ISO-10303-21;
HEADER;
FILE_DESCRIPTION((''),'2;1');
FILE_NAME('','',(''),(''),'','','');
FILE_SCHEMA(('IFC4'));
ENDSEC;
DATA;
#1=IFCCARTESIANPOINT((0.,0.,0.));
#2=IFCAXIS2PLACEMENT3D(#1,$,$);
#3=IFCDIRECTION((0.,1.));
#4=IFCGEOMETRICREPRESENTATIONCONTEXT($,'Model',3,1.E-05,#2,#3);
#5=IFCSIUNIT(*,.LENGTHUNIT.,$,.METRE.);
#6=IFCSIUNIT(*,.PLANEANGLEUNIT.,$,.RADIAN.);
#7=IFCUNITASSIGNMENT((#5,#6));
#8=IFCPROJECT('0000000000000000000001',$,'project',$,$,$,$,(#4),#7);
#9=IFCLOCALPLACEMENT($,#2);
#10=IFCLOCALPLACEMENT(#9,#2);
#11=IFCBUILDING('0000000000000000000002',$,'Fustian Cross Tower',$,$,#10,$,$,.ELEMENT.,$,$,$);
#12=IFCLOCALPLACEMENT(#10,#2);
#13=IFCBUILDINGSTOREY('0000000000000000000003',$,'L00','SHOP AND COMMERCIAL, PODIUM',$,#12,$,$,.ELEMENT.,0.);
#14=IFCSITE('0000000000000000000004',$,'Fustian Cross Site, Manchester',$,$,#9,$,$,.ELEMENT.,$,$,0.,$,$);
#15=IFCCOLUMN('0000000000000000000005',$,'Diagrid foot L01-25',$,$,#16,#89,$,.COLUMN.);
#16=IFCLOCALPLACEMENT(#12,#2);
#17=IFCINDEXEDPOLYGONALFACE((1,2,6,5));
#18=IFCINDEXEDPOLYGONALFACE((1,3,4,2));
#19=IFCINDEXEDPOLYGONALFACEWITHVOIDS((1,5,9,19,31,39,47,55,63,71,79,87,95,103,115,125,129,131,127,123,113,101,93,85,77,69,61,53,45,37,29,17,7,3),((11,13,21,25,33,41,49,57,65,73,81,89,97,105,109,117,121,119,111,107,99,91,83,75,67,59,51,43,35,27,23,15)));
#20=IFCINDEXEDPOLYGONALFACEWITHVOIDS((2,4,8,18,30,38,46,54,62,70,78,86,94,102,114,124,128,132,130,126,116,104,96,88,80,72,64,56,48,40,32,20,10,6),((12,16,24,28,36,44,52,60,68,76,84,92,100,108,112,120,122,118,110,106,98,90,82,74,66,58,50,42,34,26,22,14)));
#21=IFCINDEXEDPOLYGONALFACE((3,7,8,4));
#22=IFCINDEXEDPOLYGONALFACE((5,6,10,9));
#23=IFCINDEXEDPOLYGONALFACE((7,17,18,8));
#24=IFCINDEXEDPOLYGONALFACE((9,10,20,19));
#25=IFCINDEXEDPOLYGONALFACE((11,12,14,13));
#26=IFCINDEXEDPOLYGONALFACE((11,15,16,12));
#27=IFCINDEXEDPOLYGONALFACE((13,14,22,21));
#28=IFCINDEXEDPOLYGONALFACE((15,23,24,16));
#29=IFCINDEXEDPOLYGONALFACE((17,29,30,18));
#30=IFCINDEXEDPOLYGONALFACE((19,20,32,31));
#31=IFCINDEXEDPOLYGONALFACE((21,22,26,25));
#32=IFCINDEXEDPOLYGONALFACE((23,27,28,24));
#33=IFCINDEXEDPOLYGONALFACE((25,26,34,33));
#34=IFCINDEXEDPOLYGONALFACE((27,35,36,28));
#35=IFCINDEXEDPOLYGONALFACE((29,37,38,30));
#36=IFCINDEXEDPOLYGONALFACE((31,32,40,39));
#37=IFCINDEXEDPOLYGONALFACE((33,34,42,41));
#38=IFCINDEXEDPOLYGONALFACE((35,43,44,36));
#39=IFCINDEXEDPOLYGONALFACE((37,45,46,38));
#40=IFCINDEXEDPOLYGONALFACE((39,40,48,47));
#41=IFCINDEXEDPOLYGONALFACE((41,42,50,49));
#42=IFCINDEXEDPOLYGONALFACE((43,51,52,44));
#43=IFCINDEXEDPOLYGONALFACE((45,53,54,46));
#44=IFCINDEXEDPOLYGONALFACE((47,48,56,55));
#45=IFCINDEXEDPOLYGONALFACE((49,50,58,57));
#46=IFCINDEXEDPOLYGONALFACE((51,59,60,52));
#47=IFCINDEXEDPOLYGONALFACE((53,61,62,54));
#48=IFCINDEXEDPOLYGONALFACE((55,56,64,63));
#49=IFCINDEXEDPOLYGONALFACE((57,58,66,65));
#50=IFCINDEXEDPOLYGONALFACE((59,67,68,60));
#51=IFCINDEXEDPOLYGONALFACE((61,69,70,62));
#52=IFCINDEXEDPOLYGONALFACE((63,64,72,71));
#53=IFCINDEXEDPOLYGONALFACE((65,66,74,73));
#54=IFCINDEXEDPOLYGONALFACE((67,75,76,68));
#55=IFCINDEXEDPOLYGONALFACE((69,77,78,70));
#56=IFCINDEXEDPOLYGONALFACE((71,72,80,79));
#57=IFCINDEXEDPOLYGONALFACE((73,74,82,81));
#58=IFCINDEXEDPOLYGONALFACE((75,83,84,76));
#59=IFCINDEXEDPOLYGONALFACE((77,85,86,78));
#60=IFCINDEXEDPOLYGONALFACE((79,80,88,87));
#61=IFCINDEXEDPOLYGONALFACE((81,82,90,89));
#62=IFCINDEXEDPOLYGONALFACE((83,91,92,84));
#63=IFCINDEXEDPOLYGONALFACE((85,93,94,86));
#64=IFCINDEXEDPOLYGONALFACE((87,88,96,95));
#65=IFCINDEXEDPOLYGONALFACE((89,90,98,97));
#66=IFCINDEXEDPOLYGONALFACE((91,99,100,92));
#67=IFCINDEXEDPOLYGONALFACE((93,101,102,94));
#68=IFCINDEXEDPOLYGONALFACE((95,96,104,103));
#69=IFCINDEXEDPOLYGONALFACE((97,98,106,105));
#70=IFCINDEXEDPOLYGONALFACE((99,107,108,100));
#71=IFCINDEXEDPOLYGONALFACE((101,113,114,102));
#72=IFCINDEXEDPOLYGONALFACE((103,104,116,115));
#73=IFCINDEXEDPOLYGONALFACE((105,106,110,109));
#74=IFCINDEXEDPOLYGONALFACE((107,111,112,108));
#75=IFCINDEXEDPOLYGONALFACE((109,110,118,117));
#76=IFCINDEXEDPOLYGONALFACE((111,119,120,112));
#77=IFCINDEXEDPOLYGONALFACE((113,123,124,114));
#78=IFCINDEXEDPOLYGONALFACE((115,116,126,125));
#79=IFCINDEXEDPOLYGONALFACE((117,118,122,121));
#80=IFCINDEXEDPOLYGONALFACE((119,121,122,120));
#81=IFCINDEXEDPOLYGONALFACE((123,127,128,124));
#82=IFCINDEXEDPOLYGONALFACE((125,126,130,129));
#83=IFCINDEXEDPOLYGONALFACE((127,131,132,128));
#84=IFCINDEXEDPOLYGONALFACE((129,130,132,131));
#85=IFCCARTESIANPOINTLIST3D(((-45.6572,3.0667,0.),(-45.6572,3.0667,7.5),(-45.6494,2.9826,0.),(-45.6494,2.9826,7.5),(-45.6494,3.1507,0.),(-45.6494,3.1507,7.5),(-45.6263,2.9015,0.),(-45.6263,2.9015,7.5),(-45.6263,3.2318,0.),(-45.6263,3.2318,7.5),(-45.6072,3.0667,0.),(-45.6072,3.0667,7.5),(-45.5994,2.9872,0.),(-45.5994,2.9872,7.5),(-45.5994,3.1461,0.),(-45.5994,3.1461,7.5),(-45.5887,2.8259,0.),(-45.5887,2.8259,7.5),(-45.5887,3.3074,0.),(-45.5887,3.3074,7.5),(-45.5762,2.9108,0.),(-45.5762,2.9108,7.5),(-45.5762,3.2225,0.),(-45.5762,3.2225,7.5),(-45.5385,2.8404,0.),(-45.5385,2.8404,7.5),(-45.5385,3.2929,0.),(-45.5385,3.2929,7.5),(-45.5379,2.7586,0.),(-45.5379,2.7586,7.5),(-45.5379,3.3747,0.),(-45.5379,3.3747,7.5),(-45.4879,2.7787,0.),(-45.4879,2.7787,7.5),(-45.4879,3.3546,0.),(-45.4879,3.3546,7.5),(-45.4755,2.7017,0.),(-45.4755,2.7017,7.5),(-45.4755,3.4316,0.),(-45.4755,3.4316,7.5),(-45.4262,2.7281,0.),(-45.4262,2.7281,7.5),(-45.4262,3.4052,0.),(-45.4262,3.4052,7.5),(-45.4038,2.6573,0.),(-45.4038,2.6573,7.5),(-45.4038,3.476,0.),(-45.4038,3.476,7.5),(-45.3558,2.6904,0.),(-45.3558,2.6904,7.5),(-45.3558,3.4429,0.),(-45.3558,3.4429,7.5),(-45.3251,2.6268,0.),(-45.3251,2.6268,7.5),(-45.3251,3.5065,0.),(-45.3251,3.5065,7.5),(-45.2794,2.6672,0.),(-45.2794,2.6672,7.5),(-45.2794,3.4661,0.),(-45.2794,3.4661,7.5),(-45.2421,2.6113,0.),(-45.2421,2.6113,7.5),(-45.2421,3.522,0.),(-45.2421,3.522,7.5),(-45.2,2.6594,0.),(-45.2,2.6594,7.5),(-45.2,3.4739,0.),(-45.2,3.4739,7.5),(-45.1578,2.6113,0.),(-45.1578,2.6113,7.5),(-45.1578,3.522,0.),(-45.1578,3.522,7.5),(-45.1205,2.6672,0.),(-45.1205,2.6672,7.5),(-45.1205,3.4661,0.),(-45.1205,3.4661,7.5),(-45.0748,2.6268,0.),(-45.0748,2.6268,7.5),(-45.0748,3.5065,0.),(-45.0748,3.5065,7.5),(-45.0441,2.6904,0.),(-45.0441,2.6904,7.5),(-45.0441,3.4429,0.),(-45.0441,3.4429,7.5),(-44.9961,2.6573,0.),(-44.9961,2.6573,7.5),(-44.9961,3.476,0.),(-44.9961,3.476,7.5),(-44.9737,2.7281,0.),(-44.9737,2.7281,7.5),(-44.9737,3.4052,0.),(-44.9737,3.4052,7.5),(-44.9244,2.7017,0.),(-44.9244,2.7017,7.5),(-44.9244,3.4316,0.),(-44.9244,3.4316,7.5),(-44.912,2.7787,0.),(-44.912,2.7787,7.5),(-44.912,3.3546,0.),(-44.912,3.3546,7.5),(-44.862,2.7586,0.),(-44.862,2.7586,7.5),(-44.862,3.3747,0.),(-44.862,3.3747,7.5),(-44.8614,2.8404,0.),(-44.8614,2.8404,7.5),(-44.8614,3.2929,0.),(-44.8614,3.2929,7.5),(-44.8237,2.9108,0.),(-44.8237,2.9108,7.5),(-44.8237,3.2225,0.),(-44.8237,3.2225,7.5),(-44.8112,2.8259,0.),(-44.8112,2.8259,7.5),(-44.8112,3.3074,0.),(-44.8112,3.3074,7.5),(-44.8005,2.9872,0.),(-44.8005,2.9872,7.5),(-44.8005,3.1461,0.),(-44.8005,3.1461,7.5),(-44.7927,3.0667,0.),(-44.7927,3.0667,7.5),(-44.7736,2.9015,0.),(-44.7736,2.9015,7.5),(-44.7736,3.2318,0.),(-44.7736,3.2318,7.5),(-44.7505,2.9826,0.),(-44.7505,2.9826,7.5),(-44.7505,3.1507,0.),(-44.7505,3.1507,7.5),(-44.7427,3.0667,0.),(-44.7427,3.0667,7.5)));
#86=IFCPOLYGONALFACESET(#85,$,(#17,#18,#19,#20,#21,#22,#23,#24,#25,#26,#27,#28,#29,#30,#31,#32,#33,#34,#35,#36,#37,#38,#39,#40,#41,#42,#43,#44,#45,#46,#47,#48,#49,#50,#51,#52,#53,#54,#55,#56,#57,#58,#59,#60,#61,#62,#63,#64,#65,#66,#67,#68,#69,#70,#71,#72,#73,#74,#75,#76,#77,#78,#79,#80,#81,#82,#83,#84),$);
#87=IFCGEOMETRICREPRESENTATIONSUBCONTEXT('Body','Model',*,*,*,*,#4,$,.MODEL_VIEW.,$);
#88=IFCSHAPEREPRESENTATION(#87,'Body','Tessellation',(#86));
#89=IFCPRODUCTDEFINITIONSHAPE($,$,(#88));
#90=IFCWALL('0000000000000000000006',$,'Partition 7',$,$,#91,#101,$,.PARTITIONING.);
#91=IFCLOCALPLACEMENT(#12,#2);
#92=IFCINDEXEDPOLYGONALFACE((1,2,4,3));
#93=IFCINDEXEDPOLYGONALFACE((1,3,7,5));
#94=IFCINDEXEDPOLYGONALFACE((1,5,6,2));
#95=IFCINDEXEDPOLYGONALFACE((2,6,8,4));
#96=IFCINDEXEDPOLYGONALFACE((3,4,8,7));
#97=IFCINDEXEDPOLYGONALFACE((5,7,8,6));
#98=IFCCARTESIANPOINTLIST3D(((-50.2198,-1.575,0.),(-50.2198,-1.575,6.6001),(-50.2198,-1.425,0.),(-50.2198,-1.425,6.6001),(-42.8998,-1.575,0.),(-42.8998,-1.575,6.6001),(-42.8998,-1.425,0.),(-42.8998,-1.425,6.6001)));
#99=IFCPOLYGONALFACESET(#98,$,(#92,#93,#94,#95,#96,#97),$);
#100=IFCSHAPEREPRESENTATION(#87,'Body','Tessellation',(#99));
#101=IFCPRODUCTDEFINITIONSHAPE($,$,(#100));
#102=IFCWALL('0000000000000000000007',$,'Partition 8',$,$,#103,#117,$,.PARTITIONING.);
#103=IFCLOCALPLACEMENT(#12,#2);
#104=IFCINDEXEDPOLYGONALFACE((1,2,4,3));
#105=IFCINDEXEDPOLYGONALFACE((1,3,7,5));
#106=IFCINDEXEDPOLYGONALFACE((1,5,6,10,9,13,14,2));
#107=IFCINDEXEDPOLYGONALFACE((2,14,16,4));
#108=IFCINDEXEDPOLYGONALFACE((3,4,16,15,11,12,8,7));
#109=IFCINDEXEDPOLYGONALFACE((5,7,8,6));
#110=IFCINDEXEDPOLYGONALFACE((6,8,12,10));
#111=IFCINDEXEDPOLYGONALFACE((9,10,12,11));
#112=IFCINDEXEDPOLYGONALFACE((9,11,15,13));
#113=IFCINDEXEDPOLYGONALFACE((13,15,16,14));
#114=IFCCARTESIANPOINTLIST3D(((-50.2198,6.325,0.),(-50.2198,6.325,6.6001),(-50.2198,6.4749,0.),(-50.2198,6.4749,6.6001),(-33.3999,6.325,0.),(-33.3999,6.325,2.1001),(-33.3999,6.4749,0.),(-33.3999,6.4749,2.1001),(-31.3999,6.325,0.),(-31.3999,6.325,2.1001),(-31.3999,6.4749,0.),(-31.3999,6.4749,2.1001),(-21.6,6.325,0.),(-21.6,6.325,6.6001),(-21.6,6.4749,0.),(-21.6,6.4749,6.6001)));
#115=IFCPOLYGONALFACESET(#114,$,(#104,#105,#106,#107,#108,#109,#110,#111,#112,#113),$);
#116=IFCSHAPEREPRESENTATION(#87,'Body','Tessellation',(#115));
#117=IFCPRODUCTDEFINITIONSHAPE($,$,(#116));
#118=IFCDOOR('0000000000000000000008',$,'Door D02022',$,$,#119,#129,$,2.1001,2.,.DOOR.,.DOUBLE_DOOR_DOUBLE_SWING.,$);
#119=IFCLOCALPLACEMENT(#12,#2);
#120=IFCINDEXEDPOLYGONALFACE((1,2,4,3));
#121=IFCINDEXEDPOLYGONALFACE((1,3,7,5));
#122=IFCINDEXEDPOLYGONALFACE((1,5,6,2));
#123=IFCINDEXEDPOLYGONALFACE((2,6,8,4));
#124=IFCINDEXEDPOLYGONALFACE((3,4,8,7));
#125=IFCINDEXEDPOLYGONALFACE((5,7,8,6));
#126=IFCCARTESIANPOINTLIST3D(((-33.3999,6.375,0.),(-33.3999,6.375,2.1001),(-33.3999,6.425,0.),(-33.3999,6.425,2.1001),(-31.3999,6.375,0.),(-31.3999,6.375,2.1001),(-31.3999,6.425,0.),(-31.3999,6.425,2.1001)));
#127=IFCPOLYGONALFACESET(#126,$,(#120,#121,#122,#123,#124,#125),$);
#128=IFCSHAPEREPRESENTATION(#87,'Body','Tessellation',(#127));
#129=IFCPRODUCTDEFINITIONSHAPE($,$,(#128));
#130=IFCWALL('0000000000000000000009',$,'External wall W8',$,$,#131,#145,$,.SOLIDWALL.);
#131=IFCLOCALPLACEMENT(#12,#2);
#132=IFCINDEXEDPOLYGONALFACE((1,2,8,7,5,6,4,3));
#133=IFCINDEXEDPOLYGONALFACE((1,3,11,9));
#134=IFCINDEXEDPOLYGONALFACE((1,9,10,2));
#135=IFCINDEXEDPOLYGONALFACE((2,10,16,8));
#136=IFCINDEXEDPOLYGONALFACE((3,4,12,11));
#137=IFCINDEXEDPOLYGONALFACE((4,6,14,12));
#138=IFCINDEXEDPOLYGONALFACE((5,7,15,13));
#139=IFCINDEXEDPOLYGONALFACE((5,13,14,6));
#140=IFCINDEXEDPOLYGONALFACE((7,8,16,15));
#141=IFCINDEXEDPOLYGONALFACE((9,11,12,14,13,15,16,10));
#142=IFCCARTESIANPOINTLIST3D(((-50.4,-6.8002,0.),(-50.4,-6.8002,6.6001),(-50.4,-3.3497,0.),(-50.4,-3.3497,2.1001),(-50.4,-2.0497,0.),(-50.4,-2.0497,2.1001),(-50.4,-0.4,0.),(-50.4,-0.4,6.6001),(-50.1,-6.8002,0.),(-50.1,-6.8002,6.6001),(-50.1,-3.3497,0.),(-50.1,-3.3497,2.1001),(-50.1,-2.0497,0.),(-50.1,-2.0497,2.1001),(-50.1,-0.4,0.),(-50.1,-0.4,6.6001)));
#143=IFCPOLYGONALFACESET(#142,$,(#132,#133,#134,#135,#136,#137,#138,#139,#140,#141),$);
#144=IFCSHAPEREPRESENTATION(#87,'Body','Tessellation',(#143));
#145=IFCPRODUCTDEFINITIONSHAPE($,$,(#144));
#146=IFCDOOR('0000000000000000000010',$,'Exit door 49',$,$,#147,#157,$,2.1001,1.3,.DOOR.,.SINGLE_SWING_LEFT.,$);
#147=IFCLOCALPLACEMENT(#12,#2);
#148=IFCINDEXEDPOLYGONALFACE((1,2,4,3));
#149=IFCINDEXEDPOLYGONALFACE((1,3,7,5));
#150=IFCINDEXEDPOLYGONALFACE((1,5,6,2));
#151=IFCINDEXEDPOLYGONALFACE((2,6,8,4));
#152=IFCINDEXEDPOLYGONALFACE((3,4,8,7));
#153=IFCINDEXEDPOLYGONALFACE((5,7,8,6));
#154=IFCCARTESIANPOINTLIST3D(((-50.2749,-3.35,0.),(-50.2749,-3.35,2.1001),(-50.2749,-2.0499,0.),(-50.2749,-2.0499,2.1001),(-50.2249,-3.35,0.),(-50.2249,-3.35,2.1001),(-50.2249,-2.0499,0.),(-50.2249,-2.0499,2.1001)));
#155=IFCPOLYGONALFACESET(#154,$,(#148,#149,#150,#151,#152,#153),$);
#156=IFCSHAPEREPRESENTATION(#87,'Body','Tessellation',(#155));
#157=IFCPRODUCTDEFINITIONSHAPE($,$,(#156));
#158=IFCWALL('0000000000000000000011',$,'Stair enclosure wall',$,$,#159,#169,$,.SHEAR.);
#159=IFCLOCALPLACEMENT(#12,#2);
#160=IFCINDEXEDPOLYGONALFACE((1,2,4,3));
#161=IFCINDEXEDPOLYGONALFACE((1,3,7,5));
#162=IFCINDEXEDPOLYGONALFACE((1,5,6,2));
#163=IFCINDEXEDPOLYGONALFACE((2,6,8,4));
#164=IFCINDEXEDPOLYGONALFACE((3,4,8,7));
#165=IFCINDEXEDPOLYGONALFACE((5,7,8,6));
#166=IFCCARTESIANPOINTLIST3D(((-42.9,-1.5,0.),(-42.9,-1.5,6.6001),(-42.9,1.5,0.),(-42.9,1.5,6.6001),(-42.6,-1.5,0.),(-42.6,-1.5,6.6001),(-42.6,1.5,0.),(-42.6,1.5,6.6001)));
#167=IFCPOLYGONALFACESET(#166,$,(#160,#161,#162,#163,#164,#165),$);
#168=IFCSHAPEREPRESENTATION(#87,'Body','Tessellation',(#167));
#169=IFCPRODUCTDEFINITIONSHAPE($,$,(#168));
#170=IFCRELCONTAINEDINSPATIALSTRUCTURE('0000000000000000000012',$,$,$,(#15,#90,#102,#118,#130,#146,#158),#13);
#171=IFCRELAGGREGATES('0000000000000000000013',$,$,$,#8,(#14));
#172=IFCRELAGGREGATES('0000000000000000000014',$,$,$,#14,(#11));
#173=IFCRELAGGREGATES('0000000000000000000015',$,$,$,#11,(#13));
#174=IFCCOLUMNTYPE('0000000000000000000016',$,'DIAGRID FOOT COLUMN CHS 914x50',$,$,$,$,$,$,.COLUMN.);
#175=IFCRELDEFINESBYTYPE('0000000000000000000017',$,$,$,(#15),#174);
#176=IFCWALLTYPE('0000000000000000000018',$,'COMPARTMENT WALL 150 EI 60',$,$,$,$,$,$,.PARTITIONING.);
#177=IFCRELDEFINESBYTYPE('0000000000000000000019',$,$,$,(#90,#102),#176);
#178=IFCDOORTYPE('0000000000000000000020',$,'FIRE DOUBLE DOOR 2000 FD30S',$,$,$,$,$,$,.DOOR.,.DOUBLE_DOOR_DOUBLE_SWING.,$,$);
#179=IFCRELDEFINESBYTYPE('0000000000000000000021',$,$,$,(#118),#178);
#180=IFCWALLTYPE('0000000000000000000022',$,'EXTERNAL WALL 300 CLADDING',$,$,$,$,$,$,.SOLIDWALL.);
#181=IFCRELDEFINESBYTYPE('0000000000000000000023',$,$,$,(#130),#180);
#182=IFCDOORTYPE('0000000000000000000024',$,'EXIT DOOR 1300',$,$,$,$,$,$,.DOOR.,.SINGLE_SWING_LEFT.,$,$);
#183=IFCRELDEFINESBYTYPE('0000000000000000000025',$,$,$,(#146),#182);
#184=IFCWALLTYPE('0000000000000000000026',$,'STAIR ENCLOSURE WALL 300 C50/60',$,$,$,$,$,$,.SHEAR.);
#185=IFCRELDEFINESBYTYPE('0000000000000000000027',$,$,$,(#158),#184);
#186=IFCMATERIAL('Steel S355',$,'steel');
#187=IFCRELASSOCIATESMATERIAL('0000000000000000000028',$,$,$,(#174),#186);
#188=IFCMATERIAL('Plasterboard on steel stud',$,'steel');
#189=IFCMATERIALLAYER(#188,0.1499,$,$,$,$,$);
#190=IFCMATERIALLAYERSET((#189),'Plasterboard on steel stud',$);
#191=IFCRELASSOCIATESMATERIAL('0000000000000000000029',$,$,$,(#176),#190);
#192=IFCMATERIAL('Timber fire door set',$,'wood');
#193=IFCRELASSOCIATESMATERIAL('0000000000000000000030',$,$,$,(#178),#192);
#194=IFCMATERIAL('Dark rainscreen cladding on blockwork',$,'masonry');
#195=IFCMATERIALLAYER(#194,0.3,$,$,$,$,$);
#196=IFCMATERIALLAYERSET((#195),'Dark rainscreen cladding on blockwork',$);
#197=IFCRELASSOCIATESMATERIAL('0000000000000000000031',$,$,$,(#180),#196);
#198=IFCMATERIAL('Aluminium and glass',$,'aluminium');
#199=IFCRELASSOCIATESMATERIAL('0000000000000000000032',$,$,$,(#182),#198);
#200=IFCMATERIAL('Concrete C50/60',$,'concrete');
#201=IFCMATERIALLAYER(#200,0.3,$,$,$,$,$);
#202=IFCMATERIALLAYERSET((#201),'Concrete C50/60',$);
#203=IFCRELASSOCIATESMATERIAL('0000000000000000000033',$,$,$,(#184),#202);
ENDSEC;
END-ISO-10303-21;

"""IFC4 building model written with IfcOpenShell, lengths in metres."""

from ifc_helpers import new_model, si_unit, direction, frame, frame_2d, origin, origin_2d, place, context, subcontext, project, spatial, rectangle, hollow_circle, extrude, material, layer, layer_set, material_profile, profile_set, type_object, element, fill, save


model = new_model("IFC4")

# Units and contexts
model_context = context("Model", 3, precision=1e-05, world=origin(), true_north=direction((0.0, 1.0)))
body_context = subcontext(model_context, "Body", "Model", "MODEL_VIEW")
ifc_project = project(units=[si_unit("LENGTHUNIT", "METRE"), si_unit("PLANEANGLEUNIT", "RADIAN")], contexts=[model_context])

# Site, building, storey
site_placement = place(None, origin())
site = spatial("IfcSite", under=ifc_project, at=site_placement, Name="Fustian Cross Site, Manchester", CompositionType="ELEMENT", RefElevation=0.0)
building_placement = place(site_placement, origin())
building = spatial("IfcBuilding", under=site, at=building_placement, Name="Fustian Cross Tower", CompositionType="ELEMENT")
storey_placement = place(building_placement, origin())
storey = spatial("IfcBuildingStorey", under=building, at=storey_placement, Name="L00", Description="SHOP AND COMMERCIAL, PODIUM", CompositionType="ELEMENT", Elevation=0.0)

# Column
ifc_material_1 = material(Name="Steel S355", Category="steel")
ifc_material_profile_1 = material_profile(ifc_material_1, hollow_circle(Radius=0.4573, WallThickness=0.05, at=origin_2d()), Name="CHS 914x50")
ifc_profile_set_1 = profile_set([ifc_material_profile_1], Name="Steel S355")
column_type_1 = type_object("IfcColumnType", Name="DIAGRID FOOT COLUMN CHS 914x50", PredefinedType="COLUMN", material=ifc_profile_set_1)
for number, where, z_axis, x_axis, name in (
    (1, (-45.2, 3.0667, 0.0), (0.0, 0.0, 1.0), (1.0, 0.0, 0.0), "Diagrid foot L01-25"),
):
    element("IfcColumn", number, at=place(storey_placement, frame(where, z_axis=z_axis, x_axis=x_axis)), inside=storey, type_object=column_type_1, Name=name, PredefinedType="COLUMN", context=body_context, shape_type="SweptSolid", body=[
        extrude(hollow_circle(Radius=0.4573, WallThickness=0.05, at=origin_2d()), origin(), (0.0, 0.0, 1.0), 7.5),
    ])

# Wall
ifc_material_2 = material(Name="Plasterboard on steel stud", Category="steel")
ifc_layer_1 = layer(ifc_material_2, 0.1499)
ifc_layer_set_1 = layer_set([ifc_layer_1], Name="Plasterboard on steel stud")
wall_type_1 = type_object("IfcWallType", Name="COMPARTMENT WALL 150 EI 60", PredefinedType="PARTITIONING", material=ifc_layer_set_1)
wall_1_placement = place(storey_placement, frame((-50.22, -1.5, 0.0), z_axis=(0.0, 0.0, 1.0), x_axis=(1.0, 0.0, 0.0)))
element("IfcWall", 2, at=wall_1_placement, inside=storey, type_object=wall_type_1, Name="Partition 7", PredefinedType="PARTITIONING", context=body_context, shape_type="SweptSolid", body=[
    extrude(rectangle(XDim=7.3201, YDim=0.1499, at=frame_2d((3.6602, 0.0))), origin(), (0.0, 0.0, 1.0), 6.6001),
])

# Walls, openings, doors
wall_2_placement = place(storey_placement, frame((-50.22, 6.3999, 0.0), z_axis=(0.0, 0.0, 1.0), x_axis=(1.0, 0.0, 0.0)))
wall_2 = element("IfcWall", 3, at=wall_2_placement, inside=storey, type_object=wall_type_1, Name="Partition 8", PredefinedType="PARTITIONING", context=body_context, shape_type="SweptSolid", body=[
    extrude(rectangle(XDim=28.6199, YDim=0.1499, at=frame_2d((14.3101, 0.0))), origin(), (0.0, 0.0, 1.0), 6.6001),
])
opening_1_placement = place(wall_2_placement, frame((16.8201, 0.0, 0.0)))
opening_1 = element("IfcOpeningElement", 4, at=opening_1_placement, cuts=wall_2, PredefinedType="OPENING", context=body_context, shape_type="SweptSolid", body=[
    extrude(rectangle(XDim=2.0, YDim=2.1001, at=frame_2d((1.0, 1.05))), frame((0.0, 0.085, 0.0), z_axis=(0.0, -1.0, 0.0), x_axis=(1.0, 0.0, 0.0)), (0.0, 0.0, 1.0), 0.1699),
])
ifc_material_3 = material(Name="Timber fire door set", Category="wood")
door_type_1 = type_object("IfcDoorType", Name="FIRE DOUBLE DOOR 2000 FD30S", OperationType="DOUBLE_DOOR_DOUBLE_SWING", PredefinedType="DOOR", material=ifc_material_3)
door_1_placement = place(opening_1_placement, frame((2.0, 0.0, 0.0), z_axis=(0.0, 0.0, 1.0), x_axis=(-1.0, 0.0, 0.0)))
door_1 = element("IfcDoor", 5, at=door_1_placement, inside=storey, type_object=door_type_1, Name="Door D02022", OperationType="DOUBLE_DOOR_DOUBLE_SWING", OverallHeight=2.1001, OverallWidth=2.0, PredefinedType="DOOR", context=body_context, shape_type="SweptSolid", body=[
    extrude(rectangle(XDim=2.0, YDim=2.1001, at=frame_2d((1.0, 1.05))), frame((0.0, 0.0249, 0.0), z_axis=(0.0, -1.0, 0.0), x_axis=(1.0, 0.0, 0.0)), (0.0, 0.0, 1.0), 0.05),
])
fill(opening_1, door_1)
ifc_material_4 = material(Name="Dark rainscreen cladding on blockwork", Category="masonry")
ifc_layer_2 = layer(ifc_material_4, 0.3)
ifc_layer_set_2 = layer_set([ifc_layer_2], Name="Dark rainscreen cladding on blockwork")
wall_type_2 = type_object("IfcWallType", Name="EXTERNAL WALL 300 CLADDING", PredefinedType="SOLIDWALL", material=ifc_layer_set_2)
wall_3_placement = place(storey_placement, frame((-50.25, -0.3999, 0.0), z_axis=(0.0, 0.0, 1.0), x_axis=(0.0, -1.0, 0.0)))
wall_3 = element("IfcWall", 6, at=wall_3_placement, inside=storey, type_object=wall_type_2, Name="External wall W8", PredefinedType="SOLIDWALL", context=body_context, shape_type="SweptSolid", body=[
    extrude(rectangle(XDim=6.4001, YDim=0.3, at=frame_2d((3.2002, 0.0))), origin(), (0.0, 0.0, 1.0), 6.6001),
])
opening_2_placement = place(wall_3_placement, frame((1.6499, 0.0, 0.0)))
opening_2 = element("IfcOpeningElement", 7, at=opening_2_placement, cuts=wall_3, PredefinedType="OPENING", context=body_context, shape_type="SweptSolid", body=[
    extrude(rectangle(XDim=1.3, YDim=2.1001, at=frame_2d((0.6499, 1.05))), frame((0.0, 0.1599, 0.0), z_axis=(0.0, -1.0, 0.0), x_axis=(1.0, 0.0, 0.0)), (0.0, 0.0, 1.0), 0.3201),
])
ifc_material_5 = material(Name="Aluminium and glass", Category="aluminium")
door_type_2 = type_object("IfcDoorType", Name="EXIT DOOR 1300", OperationType="SINGLE_SWING_LEFT", PredefinedType="DOOR", material=ifc_material_5)
door_2_placement = place(opening_2_placement, frame((1.3, 0.0, 0.0), z_axis=(0.0, 0.0, 1.0), x_axis=(-1.0, 0.0, 0.0)))
door_2 = element("IfcDoor", 8, at=door_2_placement, inside=storey, type_object=door_type_2, Name="Exit door 49", OperationType="SINGLE_SWING_LEFT", OverallHeight=2.1001, OverallWidth=1.3, PredefinedType="DOOR", context=body_context, shape_type="SweptSolid", body=[
    extrude(rectangle(XDim=1.3, YDim=2.1001, at=frame_2d((0.6499, 1.05))), frame((0.0, 0.0249, 0.0), z_axis=(0.0, -1.0, 0.0), x_axis=(1.0, 0.0, 0.0)), (0.0, 0.0, 1.0), 0.05),
])
fill(opening_2, door_2)

# Wall
ifc_material_6 = material(Name="Concrete C50/60", Category="concrete")
ifc_layer_3 = layer(ifc_material_6, 0.3)
ifc_layer_set_3 = layer_set([ifc_layer_3], Name="Concrete C50/60")
wall_type_3 = type_object("IfcWallType", Name="STAIR ENCLOSURE WALL 300 C50/60", PredefinedType="SHEAR", material=ifc_layer_set_3)
wall_4_placement = place(storey_placement, frame((-42.75, -1.5, 0.0), z_axis=(0.0, 0.0, 1.0), x_axis=(0.0, 1.0, 0.0)))
element("IfcWall", 9, at=wall_4_placement, inside=storey, type_object=wall_type_3, Name="Stair enclosure wall", PredefinedType="SHEAR", context=body_context, shape_type="SweptSolid", body=[
    extrude(rectangle(XDim=3.0, YDim=0.3, at=frame_2d((1.5, 0.0))), origin(), (0.0, 0.0, 1.0), 6.6001),
])

save(model, "model.ifc")
